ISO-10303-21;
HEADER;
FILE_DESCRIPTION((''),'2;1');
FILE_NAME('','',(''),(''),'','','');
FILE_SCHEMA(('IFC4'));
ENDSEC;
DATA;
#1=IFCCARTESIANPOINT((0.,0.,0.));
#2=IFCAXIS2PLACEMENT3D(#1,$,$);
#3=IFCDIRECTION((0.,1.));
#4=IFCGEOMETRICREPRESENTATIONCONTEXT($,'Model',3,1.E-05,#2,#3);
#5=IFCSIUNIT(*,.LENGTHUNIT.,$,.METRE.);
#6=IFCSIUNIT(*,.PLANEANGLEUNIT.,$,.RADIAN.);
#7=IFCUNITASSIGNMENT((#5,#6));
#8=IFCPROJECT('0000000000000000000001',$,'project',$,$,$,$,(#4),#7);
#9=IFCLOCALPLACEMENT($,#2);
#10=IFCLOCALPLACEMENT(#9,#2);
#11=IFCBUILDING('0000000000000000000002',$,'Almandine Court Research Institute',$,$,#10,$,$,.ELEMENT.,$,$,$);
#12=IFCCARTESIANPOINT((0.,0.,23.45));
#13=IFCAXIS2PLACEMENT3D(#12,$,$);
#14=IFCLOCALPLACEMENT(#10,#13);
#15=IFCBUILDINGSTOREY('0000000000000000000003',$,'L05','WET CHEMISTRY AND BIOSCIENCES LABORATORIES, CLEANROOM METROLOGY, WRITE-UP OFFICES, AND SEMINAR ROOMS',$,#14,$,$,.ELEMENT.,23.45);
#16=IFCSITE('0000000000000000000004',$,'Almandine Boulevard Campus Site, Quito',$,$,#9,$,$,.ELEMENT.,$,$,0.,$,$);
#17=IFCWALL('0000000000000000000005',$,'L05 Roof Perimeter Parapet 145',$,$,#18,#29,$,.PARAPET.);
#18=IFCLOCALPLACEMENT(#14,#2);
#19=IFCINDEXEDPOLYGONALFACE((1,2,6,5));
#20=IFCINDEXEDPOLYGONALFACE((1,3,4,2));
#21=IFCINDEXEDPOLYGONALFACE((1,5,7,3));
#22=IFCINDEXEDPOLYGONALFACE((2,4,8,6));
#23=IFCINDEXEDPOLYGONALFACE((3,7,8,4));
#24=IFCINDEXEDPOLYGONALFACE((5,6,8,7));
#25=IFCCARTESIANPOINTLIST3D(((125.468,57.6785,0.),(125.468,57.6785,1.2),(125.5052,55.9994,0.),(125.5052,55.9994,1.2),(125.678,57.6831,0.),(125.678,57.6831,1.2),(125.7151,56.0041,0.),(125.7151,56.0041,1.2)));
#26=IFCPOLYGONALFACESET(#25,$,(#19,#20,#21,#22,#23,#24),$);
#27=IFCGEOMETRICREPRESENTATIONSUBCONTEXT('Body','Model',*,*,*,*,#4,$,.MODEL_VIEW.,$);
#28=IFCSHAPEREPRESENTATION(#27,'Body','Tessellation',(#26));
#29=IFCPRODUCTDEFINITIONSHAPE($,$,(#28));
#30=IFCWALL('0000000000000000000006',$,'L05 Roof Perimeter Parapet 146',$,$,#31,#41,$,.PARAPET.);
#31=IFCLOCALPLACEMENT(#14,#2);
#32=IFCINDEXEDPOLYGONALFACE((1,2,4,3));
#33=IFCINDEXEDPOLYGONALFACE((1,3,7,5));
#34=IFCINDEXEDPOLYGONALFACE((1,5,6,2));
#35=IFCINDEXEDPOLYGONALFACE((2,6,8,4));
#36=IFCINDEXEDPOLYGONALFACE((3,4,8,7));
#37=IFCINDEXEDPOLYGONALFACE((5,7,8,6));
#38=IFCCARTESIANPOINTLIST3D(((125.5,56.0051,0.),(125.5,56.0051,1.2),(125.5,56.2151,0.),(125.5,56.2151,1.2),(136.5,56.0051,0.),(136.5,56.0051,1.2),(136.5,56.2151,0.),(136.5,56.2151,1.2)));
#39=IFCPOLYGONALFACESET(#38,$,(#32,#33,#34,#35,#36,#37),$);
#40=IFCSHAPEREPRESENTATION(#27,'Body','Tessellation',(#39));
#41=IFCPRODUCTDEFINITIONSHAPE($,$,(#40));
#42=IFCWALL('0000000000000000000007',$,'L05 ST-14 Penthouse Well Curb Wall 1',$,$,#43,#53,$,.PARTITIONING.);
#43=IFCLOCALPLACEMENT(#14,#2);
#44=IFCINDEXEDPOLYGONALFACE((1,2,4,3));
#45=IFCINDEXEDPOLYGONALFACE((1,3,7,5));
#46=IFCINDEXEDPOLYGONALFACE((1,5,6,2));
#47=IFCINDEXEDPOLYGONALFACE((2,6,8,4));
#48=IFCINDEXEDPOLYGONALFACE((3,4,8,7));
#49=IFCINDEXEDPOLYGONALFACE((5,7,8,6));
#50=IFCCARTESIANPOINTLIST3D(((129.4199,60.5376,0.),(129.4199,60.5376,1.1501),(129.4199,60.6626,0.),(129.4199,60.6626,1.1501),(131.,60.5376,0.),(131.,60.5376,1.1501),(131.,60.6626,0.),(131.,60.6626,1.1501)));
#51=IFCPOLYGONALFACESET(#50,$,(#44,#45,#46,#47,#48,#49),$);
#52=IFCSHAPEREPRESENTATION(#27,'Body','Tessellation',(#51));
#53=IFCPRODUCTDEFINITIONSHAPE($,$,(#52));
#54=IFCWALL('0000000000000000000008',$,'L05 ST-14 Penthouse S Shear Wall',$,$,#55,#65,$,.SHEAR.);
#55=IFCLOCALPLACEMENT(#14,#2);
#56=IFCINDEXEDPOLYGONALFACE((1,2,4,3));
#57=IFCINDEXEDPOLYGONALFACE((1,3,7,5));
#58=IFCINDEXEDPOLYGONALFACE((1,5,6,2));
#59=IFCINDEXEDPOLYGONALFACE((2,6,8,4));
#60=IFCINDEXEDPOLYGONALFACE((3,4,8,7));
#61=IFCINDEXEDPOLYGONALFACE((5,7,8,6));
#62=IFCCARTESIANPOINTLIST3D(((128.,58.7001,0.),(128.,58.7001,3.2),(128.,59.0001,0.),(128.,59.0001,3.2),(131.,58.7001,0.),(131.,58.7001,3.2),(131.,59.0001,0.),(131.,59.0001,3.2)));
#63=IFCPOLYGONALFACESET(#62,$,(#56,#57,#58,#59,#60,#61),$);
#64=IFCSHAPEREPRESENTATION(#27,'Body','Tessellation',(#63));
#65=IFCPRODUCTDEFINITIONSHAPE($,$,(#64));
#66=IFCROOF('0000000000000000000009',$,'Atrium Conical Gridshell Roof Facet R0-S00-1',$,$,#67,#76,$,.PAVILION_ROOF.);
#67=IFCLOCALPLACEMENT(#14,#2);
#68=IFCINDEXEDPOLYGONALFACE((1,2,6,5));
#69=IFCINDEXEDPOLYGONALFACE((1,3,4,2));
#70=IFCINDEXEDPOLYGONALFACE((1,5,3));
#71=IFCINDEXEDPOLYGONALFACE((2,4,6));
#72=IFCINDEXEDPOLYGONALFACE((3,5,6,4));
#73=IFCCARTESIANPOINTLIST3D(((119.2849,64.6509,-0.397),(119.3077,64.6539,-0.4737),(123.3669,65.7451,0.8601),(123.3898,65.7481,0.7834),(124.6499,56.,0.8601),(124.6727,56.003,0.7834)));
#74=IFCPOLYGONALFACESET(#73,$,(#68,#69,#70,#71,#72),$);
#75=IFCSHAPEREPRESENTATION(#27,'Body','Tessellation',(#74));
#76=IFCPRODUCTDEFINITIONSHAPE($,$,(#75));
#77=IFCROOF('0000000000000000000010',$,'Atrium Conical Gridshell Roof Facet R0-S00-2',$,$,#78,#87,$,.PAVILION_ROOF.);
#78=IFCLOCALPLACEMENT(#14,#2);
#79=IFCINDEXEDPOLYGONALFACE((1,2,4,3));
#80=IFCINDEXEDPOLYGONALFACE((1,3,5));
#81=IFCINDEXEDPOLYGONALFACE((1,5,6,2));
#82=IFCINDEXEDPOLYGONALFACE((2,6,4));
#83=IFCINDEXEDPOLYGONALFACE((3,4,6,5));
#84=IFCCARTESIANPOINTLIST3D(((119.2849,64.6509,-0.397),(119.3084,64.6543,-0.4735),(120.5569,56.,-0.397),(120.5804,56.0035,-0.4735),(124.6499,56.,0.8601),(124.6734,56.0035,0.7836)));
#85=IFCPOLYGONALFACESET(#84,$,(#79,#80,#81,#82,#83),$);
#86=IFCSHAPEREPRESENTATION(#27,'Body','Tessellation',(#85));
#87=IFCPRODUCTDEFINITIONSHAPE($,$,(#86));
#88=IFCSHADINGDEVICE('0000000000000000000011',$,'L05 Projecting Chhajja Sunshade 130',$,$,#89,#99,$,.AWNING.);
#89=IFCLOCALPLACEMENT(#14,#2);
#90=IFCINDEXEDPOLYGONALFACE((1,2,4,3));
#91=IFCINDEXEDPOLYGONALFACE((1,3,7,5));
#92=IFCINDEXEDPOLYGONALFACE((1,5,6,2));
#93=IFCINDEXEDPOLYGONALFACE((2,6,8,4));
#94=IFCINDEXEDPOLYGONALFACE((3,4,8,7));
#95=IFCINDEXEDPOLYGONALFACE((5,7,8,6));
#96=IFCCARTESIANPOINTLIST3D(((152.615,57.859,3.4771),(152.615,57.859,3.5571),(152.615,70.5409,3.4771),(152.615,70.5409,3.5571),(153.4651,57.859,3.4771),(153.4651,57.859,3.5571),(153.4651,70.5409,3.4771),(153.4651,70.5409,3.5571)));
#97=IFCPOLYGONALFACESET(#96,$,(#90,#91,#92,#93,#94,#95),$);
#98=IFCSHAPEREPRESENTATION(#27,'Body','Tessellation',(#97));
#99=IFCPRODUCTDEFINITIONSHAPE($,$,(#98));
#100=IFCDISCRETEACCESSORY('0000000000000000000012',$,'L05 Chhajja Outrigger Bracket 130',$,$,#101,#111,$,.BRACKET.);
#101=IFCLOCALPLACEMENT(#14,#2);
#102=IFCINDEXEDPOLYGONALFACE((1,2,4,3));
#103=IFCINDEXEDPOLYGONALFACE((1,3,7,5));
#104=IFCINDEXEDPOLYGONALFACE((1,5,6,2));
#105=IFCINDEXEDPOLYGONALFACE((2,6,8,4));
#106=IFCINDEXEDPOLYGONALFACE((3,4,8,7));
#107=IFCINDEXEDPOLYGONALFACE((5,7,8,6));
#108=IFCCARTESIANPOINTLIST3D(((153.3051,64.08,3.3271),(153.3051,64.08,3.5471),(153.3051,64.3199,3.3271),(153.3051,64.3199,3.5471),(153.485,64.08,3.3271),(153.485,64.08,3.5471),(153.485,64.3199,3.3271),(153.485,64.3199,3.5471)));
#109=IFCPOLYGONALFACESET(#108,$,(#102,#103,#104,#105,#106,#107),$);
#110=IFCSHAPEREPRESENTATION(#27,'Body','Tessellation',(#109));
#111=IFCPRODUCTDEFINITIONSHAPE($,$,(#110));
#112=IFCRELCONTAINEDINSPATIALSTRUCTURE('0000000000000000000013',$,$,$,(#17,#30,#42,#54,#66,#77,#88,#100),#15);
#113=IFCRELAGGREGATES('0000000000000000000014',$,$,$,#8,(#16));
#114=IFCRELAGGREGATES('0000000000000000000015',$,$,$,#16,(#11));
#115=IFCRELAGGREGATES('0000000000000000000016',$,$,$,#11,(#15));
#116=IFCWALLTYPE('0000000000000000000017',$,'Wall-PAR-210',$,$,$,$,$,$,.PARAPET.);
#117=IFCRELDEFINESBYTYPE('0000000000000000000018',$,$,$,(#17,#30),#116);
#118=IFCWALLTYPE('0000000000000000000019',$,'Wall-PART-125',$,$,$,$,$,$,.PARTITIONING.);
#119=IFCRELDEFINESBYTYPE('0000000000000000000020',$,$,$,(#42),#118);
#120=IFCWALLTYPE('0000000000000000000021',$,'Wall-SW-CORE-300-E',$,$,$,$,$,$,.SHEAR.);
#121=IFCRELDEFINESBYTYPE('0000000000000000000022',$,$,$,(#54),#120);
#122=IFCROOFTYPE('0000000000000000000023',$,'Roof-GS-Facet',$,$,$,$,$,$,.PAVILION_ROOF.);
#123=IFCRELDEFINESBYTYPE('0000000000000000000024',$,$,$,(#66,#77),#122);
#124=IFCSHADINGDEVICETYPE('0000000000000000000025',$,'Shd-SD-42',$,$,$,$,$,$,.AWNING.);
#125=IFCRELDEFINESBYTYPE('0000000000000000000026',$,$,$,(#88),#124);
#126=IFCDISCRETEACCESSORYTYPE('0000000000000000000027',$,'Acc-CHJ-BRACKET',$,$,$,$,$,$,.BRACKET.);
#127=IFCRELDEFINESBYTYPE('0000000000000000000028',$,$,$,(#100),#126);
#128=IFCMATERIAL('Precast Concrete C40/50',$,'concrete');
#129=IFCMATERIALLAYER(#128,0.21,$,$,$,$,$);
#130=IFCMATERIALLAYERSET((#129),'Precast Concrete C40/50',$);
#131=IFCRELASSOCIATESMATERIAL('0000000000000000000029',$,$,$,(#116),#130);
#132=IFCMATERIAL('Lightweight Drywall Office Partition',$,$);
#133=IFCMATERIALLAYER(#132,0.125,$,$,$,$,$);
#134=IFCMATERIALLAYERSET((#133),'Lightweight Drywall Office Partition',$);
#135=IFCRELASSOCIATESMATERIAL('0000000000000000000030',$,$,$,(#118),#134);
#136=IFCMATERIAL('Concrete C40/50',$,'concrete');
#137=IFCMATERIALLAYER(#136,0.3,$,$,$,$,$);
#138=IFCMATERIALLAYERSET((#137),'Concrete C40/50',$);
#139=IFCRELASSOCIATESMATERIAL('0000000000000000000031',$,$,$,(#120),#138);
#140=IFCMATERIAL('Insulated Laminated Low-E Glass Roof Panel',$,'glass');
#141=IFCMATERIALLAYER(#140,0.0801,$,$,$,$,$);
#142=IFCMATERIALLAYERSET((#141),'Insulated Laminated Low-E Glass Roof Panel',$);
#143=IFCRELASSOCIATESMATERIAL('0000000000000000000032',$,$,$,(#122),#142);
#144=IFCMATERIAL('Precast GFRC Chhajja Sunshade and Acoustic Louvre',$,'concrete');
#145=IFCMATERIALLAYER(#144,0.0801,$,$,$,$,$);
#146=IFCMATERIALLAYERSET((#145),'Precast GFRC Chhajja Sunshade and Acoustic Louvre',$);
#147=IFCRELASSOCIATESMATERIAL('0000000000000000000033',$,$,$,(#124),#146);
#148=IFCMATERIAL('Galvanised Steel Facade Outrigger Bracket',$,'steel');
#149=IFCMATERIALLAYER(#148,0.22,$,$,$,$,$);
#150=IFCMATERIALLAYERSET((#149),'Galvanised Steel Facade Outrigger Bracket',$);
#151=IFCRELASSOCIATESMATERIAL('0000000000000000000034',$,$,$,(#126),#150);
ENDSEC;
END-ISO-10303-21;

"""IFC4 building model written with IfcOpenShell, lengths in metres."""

from ifc_helpers import new_model, si_unit, direction, frame, frame_2d, origin, origin_2d, place, context, subcontext, project, spatial, polyline, rectangle, outline, extrude, material, layer, layer_set, type_object, element, save


model = new_model("IFC4")

# Units and contexts
model_context = context("Model", 3, precision=1e-05, world=origin(), true_north=direction((0.0, 1.0)))
body_context = subcontext(model_context, "Body", "Model", "MODEL_VIEW")
ifc_project = project(units=[si_unit("LENGTHUNIT", "METRE"), si_unit("PLANEANGLEUNIT", "RADIAN")], contexts=[model_context])

# Site, building, storey
site_placement = place(None, origin())
site = spatial("IfcSite", under=ifc_project, at=site_placement, Name="Almandine Boulevard Campus Site, Quito", CompositionType="ELEMENT", RefElevation=0.0)
building_placement = place(site_placement, origin())
building = spatial("IfcBuilding", under=site, at=building_placement, Name="Almandine Court Research Institute", CompositionType="ELEMENT")
storey_placement = place(building_placement, frame((0.0, 0.0, 23.45)))
storey = spatial("IfcBuildingStorey", under=building, at=storey_placement, Name="L05", Description="WET CHEMISTRY AND BIOSCIENCES LABORATORIES, CLEANROOM METROLOGY, WRITE-UP OFFICES, AND SEMINAR ROOMS", CompositionType="ELEMENT", Elevation=23.45)

# Walls
ifc_material_1 = material(Name="Precast Concrete C40/50", Category="concrete")
ifc_layer_1 = layer(ifc_material_1, 0.21)
ifc_layer_set_1 = layer_set([ifc_layer_1], Name="Precast Concrete C40/50")
wall_type_1 = type_object("IfcWallType", Name="Wall-PAR-210", PredefinedType="PARAPET", material=ifc_layer_set_1)
wall_1_placement = place(storey_placement, frame((125.573, 57.6809, 0.0), z_axis=(0.0, 0.0, 1.0), x_axis=(0.022097, -0.999756, 0.0)))
element("IfcWall", 1, at=wall_1_placement, inside=storey, type_object=wall_type_1, Name="L05 Roof Perimeter Parapet 145", PredefinedType="PARAPET", context=body_context, shape_type="SweptSolid", body=[
    extrude(rectangle(XDim=1.6794, YDim=0.21, at=frame_2d((0.8398, 0.0))), origin(), (0.0, 0.0, 1.0), 1.2),
])
wall_2_placement = place(storey_placement, frame((125.5, 56.1101, 0.0), z_axis=(0.0, 0.0, 1.0), x_axis=(1.0, 0.0, 0.0)))
element("IfcWall", 2, at=wall_2_placement, inside=storey, type_object=wall_type_1, Name="L05 Roof Perimeter Parapet 146", PredefinedType="PARAPET", context=body_context, shape_type="SweptSolid", body=[
    extrude(rectangle(XDim=11.0, YDim=0.21, at=frame_2d((5.5, 0.0))), origin(), (0.0, 0.0, 1.0), 1.2),
])
ifc_material_2 = material(Name="Lightweight Drywall Office Partition")
ifc_layer_2 = layer(ifc_material_2, 0.125)
ifc_layer_set_2 = layer_set([ifc_layer_2], Name="Lightweight Drywall Office Partition")
wall_type_2 = type_object("IfcWallType", Name="Wall-PART-125", PredefinedType="PARTITIONING", material=ifc_layer_set_2)
wall_3_placement = place(storey_placement, frame((131.0, 60.6001, 0.0), z_axis=(0.0, 0.0, 1.0), x_axis=(-1.0, 0.0, 0.0)))
element("IfcWall", 3, at=wall_3_placement, inside=storey, type_object=wall_type_2, Name="L05 ST-14 Penthouse Well Curb Wall 1", PredefinedType="PARTITIONING", context=body_context, shape_type="SweptSolid", body=[
    extrude(rectangle(XDim=1.5801, YDim=0.125, at=frame_2d((0.79, 0.0))), origin(), (0.0, 0.0, 1.0), 1.1501),
])

# Shared definitions
ifc_material_3 = material(Name="Concrete C40/50", Category="concrete")
ifc_layer_3 = layer(ifc_material_3, 0.3)
ifc_layer_set_3 = layer_set([ifc_layer_3], Name="Concrete C40/50")
wall_type_3 = type_object("IfcWallType", Name="Wall-SW-CORE-300-E", PredefinedType="SHEAR", material=ifc_layer_set_3)

# Wall
wall_4_placement = place(storey_placement, frame((131.0, 58.8501, 0.0), z_axis=(0.0, 0.0, 1.0), x_axis=(-1.0, 0.0, 0.0)))
element("IfcWall", 4, at=wall_4_placement, inside=storey, type_object=wall_type_3, Name="L05 ST-14 Penthouse S Shear Wall", PredefinedType="SHEAR", context=body_context, shape_type="SweptSolid", body=[
    extrude(rectangle(XDim=3.0, YDim=0.3, at=frame_2d((1.5, 0.0))), origin(), (0.0, 0.0, 1.0), 3.2),
])

# Roofs
ifc_material_4 = material(Name="Insulated Laminated Low-E Glass Roof Panel", Category="glass")
ifc_layer_4 = layer(ifc_material_4, 0.0801)
ifc_layer_set_4 = layer_set([ifc_layer_4], Name="Insulated Laminated Low-E Glass Roof Panel")
roof_type = type_object("IfcRoofType", Name="Roof-GS-Facet", PredefinedType="PAVILION_ROOF", material=ifc_layer_set_4)
roof_1_placement = place(storey_placement, frame((124.6499, 56.0, 0.8601), z_axis=(-0.28491, -0.037509, 0.95782), x_axis=(-0.130525, 0.991445, 0.0)))
element("IfcRoof", 5, at=roof_1_placement, inside=storey, type_object=roof_type, Name="Atrium Conical Gridshell Roof Facet R0-S00-1", PredefinedType="PAVILION_ROOF", context=body_context, shape_type="SweptSolid", body=[
    extrude(outline(polyline([(0.0, 0.0), (9.8292, 0.0), (9.2771, 4.3744), (0.0, 0.0)])), origin(), (0.0, 0.0, -1.0), 0.0801),
])
roof_2_placement = place(storey_placement, frame((124.6499, 56.0, 0.8601), z_axis=(-0.29332, -0.043128, 0.955041), x_axis=(-0.523069, 0.843432, -0.122561)))
element("IfcRoof", 6, at=roof_2_placement, inside=storey, type_object=roof_type, Name="Atrium Conical Gridshell Roof Facet R0-S00-2", PredefinedType="PAVILION_ROOF", context=body_context, shape_type="SweptSolid", body=[
    extrude(outline(polyline([(0.0, 0.0), (10.2568, 0.0), (2.295, 3.6147), (0.0, 0.0)])), origin(), (0.0, 0.0, -1.0), 0.0801),
])

# Shading device
ifc_material_5 = material(Name="Precast GFRC Chhajja Sunshade and Acoustic Louvre", Category="concrete")
ifc_layer_5 = layer(ifc_material_5, 0.0801)
ifc_layer_set_5 = layer_set([ifc_layer_5], Name="Precast GFRC Chhajja Sunshade and Acoustic Louvre")
shading_device_type = type_object("IfcShadingDeviceType", Name="Shd-SD-42", PredefinedType="AWNING", material=ifc_layer_set_5)
shading_device_placement = place(storey_placement, frame((153.04, 64.2, 3.4771), z_axis=(0.0, 0.0, 1.0), x_axis=(0.0, 1.0, 0.0)))
element("IfcShadingDevice", 7, at=shading_device_placement, inside=storey, type_object=shading_device_type, Name="L05 Projecting Chhajja Sunshade 130", PredefinedType="AWNING", context=body_context, shape_type="SweptSolid", body=[
    extrude(rectangle(XDim=12.6819, YDim=0.8501, at=origin_2d()), origin(), (0.0, 0.0, 1.0), 0.0801),
])

# Discrete accessory
ifc_material_6 = material(Name="Galvanised Steel Facade Outrigger Bracket", Category="steel")
ifc_layer_6 = layer(ifc_material_6, 0.22)
ifc_layer_set_6 = layer_set([ifc_layer_6], Name="Galvanised Steel Facade Outrigger Bracket")
discrete_accessory_type = type_object("IfcDiscreteAccessoryType", Name="Acc-CHJ-BRACKET", PredefinedType="BRACKET", material=ifc_layer_set_6)
discrete_accessory_placement = place(storey_placement, frame((153.395, 64.2, 3.3271), z_axis=(0.0, 0.0, 1.0), x_axis=(0.0, 1.0, 0.0)))
element("IfcDiscreteAccessory", 8, at=discrete_accessory_placement, inside=storey, type_object=discrete_accessory_type, Name="L05 Chhajja Outrigger Bracket 130", PredefinedType="BRACKET", context=body_context, shape_type="SweptSolid", body=[
    extrude(rectangle(XDim=0.24, YDim=0.1799, at=origin_2d()), origin(), (0.0, 0.0, 1.0), 0.22),
])

save(model, "model.ifc")
